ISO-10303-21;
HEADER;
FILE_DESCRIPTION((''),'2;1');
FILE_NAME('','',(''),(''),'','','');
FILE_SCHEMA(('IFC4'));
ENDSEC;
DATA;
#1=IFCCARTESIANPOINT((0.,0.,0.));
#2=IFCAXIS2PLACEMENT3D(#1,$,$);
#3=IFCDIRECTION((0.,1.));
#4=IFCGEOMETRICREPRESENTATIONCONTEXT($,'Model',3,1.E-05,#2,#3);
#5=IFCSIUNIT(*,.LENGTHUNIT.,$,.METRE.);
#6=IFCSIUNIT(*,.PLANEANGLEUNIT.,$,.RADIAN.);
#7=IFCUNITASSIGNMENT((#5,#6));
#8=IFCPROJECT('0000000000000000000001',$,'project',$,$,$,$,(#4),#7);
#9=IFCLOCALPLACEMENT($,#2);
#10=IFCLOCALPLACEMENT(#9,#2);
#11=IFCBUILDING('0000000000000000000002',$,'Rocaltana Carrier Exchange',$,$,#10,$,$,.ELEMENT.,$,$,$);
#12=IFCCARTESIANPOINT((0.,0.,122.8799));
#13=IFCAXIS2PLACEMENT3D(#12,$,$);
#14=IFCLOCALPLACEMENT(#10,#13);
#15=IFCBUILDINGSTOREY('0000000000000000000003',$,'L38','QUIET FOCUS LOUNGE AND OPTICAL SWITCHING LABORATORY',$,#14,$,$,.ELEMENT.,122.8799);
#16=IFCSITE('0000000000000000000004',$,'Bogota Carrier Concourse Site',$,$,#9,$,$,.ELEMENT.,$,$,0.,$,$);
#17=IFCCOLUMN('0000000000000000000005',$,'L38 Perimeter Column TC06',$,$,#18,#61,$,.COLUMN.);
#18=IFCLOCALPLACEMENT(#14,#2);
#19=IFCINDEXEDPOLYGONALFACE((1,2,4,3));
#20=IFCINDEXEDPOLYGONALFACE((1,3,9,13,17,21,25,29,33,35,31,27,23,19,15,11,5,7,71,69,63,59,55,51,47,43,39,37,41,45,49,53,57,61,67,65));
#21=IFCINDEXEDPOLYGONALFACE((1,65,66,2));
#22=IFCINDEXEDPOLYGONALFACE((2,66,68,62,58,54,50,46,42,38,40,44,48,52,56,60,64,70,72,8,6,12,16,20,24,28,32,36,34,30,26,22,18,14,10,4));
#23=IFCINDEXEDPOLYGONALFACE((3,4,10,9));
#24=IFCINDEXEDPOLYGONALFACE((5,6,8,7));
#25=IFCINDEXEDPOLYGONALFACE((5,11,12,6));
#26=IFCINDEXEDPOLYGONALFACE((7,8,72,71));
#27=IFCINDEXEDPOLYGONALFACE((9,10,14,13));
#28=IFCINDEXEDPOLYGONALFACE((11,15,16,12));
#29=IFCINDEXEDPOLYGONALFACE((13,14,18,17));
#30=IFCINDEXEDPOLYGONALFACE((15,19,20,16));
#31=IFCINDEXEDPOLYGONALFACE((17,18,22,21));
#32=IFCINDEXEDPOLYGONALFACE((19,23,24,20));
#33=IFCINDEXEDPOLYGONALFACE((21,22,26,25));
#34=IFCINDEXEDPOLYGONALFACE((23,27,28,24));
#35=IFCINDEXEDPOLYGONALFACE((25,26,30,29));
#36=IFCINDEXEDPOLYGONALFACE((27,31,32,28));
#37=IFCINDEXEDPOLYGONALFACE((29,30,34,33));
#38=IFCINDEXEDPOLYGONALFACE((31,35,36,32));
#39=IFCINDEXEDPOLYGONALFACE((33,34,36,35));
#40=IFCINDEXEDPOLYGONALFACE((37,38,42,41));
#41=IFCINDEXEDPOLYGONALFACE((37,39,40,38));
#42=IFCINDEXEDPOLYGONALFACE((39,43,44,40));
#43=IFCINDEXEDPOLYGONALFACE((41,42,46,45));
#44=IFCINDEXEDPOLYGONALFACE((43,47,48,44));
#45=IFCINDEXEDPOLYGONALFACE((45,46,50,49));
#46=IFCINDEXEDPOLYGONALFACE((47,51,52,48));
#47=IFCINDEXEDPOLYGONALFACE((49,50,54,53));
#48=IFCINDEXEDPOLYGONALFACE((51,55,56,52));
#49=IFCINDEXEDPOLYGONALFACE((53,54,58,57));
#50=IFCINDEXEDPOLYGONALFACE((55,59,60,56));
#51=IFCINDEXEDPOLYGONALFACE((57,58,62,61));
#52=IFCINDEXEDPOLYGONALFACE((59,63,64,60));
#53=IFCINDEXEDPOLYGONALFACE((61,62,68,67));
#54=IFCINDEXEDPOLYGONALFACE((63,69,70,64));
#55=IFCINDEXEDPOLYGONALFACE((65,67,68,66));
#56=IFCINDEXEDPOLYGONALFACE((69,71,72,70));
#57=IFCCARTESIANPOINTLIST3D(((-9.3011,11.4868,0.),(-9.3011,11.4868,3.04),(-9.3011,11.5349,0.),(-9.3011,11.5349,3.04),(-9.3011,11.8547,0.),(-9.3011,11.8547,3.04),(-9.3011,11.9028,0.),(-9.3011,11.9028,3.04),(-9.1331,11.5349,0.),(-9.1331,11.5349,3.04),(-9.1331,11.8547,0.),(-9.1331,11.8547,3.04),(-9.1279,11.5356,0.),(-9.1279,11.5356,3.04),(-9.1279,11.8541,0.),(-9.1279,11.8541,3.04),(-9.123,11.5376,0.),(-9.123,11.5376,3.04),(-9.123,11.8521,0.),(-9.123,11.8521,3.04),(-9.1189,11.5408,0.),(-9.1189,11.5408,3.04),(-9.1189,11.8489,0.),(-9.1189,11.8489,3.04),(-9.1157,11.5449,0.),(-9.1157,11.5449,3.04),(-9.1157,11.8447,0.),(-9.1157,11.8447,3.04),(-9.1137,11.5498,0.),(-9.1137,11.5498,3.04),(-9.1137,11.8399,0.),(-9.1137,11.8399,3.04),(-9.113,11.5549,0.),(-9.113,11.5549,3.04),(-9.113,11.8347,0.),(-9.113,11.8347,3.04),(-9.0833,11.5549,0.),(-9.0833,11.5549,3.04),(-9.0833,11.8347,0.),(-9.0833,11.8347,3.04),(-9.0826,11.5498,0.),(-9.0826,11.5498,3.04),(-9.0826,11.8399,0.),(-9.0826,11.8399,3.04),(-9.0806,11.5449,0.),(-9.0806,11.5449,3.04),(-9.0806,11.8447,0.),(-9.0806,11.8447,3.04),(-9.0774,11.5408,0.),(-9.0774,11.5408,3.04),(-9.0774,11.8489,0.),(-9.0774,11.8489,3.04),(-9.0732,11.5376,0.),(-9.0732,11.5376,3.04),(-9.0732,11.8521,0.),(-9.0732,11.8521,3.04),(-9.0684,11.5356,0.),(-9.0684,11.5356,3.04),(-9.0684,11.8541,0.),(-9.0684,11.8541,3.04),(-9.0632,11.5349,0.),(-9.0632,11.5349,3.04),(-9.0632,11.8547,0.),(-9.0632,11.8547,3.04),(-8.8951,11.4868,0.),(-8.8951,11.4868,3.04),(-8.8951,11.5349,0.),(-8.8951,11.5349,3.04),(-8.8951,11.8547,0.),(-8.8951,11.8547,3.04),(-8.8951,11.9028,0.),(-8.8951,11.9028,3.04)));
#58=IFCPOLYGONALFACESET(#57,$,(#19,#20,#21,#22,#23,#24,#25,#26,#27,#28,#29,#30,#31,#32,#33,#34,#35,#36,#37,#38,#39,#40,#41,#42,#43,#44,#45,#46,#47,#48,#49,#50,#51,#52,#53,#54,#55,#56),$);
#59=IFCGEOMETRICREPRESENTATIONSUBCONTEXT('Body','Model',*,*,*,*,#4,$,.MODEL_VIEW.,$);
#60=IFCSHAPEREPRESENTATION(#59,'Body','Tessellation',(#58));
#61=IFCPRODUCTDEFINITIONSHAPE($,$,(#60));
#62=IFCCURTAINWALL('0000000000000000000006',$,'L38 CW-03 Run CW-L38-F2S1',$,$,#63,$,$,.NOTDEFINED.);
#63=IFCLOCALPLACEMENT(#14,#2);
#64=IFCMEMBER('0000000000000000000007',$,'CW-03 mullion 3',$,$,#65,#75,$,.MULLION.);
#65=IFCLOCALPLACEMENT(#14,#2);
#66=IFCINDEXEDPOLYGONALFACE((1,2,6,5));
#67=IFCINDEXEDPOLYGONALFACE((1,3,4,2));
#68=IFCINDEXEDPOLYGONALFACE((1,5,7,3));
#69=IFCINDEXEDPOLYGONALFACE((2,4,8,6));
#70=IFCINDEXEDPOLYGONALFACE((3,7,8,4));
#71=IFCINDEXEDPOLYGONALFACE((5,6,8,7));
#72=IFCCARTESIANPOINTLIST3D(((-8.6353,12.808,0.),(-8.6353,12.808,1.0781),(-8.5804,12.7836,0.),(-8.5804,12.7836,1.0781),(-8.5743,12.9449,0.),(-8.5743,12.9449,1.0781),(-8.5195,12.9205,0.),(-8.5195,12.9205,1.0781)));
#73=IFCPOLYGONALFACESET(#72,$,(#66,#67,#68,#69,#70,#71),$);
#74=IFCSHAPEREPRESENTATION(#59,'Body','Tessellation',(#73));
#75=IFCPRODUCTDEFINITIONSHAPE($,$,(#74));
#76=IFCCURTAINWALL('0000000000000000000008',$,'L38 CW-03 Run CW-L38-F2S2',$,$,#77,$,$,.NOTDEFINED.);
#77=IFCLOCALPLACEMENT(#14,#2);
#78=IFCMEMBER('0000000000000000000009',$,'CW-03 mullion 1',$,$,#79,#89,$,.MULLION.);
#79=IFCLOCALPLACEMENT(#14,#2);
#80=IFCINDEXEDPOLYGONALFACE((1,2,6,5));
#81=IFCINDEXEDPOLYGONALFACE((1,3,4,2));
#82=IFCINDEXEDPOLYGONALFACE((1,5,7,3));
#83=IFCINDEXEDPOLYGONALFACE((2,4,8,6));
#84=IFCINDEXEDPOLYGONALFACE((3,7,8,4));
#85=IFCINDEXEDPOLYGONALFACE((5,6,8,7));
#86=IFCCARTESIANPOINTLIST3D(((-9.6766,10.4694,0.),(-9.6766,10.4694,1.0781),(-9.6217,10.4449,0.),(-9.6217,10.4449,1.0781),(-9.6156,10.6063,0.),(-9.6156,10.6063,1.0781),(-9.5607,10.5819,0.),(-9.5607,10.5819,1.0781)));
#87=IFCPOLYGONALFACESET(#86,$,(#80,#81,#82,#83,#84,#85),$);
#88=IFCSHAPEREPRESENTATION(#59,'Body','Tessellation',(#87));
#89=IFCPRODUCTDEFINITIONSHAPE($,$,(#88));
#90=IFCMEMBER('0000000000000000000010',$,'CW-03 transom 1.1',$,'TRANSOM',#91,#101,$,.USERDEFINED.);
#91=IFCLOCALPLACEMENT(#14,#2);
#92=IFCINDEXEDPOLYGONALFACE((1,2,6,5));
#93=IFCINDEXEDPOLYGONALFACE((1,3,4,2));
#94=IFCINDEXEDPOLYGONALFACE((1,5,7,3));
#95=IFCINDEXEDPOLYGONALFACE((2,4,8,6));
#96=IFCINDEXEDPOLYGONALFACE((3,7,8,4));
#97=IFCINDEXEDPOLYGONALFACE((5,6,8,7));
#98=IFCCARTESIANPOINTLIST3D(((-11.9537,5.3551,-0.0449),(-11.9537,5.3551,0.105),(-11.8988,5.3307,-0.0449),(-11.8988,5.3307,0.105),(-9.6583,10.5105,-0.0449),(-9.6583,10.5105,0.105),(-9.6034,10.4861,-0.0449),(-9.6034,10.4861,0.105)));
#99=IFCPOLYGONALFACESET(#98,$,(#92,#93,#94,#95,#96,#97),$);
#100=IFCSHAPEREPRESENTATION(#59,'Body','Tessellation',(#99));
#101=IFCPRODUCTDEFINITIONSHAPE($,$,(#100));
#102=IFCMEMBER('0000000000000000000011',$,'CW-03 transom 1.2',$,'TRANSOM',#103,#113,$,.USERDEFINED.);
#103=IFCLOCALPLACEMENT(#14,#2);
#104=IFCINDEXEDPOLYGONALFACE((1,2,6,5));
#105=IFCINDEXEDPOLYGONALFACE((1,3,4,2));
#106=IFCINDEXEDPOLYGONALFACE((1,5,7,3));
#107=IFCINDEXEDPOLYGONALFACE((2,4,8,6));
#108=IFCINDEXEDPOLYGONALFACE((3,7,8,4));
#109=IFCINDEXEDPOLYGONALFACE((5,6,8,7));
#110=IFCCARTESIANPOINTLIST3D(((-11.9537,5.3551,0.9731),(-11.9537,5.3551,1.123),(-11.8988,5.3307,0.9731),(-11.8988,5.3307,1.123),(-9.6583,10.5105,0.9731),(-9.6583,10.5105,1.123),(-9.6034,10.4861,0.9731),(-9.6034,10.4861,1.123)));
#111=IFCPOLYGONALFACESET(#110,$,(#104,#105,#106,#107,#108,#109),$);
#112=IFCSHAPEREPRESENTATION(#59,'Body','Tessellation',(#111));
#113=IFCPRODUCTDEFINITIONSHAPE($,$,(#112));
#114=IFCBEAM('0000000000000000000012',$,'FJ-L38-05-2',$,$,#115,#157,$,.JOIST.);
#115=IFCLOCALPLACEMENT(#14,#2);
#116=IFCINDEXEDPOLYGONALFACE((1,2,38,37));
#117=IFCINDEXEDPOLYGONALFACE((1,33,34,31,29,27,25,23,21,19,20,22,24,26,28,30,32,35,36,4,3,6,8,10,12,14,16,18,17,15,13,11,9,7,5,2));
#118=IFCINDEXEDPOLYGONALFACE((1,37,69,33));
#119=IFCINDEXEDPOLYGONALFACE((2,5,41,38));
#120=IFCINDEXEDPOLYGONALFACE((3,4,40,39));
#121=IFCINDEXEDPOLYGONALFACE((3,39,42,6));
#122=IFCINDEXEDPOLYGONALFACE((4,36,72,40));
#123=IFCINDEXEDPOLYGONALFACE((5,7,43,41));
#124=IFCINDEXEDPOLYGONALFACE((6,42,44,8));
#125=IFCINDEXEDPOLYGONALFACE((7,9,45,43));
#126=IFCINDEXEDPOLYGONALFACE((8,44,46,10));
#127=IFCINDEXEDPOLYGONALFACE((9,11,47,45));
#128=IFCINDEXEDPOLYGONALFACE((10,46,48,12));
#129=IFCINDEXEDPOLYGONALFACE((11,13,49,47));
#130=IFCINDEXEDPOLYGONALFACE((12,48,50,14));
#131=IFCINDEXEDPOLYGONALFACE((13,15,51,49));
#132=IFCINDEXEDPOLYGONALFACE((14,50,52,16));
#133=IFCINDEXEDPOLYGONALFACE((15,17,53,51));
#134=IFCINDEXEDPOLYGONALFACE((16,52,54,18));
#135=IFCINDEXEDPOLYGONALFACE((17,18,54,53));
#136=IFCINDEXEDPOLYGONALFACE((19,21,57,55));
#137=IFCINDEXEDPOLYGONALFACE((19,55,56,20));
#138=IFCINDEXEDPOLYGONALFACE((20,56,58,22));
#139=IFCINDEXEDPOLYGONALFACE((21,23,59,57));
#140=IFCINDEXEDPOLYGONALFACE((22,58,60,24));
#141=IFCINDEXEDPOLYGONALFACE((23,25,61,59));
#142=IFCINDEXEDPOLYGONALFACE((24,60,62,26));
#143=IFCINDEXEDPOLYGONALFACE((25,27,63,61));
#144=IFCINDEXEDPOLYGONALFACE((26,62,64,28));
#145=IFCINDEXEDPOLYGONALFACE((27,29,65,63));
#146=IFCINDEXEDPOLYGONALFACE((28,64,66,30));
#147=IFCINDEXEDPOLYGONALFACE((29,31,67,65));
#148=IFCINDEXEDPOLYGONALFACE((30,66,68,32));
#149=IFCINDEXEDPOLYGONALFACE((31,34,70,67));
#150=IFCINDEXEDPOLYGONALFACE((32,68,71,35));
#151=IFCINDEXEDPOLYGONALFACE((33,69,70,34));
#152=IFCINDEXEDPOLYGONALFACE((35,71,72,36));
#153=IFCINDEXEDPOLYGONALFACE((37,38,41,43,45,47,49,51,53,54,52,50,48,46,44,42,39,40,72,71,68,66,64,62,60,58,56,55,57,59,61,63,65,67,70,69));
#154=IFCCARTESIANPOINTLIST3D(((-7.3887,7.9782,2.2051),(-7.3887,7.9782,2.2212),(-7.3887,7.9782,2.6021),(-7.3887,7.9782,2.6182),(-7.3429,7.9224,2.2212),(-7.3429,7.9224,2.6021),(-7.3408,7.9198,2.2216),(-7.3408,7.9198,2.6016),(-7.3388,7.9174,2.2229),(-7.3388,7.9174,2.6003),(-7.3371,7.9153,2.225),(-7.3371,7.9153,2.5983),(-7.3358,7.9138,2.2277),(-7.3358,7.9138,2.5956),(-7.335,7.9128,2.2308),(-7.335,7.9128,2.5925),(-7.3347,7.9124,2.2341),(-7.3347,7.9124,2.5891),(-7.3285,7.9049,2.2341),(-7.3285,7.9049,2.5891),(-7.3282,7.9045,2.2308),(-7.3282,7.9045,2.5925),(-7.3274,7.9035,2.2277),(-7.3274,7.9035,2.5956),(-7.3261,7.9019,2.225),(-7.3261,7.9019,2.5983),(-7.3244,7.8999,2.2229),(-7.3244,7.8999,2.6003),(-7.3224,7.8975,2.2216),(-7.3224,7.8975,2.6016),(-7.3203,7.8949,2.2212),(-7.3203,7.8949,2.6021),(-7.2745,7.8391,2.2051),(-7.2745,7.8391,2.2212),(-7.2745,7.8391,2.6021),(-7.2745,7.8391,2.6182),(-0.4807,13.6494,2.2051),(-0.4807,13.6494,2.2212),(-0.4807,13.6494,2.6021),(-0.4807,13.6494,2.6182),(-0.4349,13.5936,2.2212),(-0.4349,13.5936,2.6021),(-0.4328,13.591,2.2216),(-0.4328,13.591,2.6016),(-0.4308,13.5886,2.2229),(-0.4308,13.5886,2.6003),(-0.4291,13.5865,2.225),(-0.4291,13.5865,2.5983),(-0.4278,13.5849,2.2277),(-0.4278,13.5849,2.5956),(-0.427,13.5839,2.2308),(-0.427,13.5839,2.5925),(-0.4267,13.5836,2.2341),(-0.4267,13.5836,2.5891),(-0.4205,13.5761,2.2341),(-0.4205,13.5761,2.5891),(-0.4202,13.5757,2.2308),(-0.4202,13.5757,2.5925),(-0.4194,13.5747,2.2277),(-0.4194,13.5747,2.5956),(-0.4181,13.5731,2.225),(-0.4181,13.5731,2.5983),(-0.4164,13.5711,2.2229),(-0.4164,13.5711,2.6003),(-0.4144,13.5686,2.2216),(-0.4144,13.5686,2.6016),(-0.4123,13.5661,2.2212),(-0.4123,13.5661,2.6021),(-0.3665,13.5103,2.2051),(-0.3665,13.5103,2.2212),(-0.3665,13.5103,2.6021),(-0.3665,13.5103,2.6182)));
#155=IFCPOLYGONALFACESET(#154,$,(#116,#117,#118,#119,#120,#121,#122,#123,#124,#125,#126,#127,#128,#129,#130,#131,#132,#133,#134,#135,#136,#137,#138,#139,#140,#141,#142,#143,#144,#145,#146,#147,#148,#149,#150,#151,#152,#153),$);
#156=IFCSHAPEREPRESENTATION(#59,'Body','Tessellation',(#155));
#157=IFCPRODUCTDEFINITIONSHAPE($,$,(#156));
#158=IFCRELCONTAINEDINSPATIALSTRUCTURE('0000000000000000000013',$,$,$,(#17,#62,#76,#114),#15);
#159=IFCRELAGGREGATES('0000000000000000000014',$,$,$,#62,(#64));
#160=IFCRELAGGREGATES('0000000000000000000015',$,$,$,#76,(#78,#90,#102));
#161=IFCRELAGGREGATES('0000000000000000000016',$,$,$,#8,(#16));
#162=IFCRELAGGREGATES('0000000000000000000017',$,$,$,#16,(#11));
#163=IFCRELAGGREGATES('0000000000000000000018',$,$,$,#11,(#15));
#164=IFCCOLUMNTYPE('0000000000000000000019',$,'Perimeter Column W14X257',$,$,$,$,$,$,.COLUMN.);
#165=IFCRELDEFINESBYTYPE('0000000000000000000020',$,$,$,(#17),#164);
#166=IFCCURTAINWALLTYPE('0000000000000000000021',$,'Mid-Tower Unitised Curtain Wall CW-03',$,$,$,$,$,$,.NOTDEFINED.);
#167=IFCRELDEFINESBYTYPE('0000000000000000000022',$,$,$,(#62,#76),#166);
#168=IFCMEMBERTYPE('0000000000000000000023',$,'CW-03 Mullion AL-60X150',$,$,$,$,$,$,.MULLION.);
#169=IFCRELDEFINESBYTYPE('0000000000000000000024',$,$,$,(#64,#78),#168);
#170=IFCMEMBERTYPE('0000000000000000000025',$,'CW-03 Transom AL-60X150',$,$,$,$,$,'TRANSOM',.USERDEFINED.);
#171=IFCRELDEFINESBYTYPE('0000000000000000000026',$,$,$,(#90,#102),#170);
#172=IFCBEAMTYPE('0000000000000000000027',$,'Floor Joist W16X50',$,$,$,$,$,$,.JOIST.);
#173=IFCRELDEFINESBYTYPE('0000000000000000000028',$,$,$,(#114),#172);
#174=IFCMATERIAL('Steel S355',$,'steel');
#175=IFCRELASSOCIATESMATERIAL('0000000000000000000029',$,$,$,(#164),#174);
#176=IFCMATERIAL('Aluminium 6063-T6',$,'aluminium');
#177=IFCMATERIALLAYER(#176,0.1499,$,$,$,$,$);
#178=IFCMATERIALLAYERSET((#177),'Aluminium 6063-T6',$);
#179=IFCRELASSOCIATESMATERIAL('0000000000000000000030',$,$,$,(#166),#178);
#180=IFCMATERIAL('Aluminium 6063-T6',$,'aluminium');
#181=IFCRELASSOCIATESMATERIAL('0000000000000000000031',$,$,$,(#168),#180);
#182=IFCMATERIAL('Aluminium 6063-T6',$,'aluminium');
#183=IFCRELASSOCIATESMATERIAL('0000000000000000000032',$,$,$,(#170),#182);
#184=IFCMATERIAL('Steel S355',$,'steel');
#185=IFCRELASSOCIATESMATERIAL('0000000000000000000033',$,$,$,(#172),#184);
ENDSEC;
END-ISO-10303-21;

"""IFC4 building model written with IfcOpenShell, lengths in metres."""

from ifc_helpers import new_model, si_unit, direction, frame, origin, origin_2d, place, context, subcontext, project, spatial, rectangle, i_section, extrude, material, layer, layer_set, material_profile, profile_set, type_object, element, aggregate, save


model = new_model("IFC4")

# Units and contexts
model_context = context("Model", 3, precision=1e-05, world=origin(), true_north=direction((0.0, 1.0)))
body_context = subcontext(model_context, "Body", "Model", "MODEL_VIEW")
ifc_project = project(units=[si_unit("LENGTHUNIT", "METRE"), si_unit("PLANEANGLEUNIT", "RADIAN")], contexts=[model_context])

# Site, building, storey
site_placement = place(None, origin())
site = spatial("IfcSite", under=ifc_project, at=site_placement, Name="Bogota Carrier Concourse Site", CompositionType="ELEMENT", RefElevation=0.0)
building_placement = place(site_placement, origin())
building = spatial("IfcBuilding", under=site, at=building_placement, Name="Rocaltana Carrier Exchange", CompositionType="ELEMENT")
storey_placement = place(building_placement, frame((0.0, 0.0, 122.8799)))
storey = spatial("IfcBuildingStorey", under=building, at=storey_placement, Name="L38", Description="QUIET FOCUS LOUNGE AND OPTICAL SWITCHING LABORATORY", CompositionType="ELEMENT", Elevation=122.8799)

# Column
ifc_material_1 = material(Name="Steel S355", Category="steel")
ifc_material_profile_1 = material_profile(ifc_material_1, i_section(OverallWidth=0.406, OverallDepth=0.416, WebThickness=0.0298, FlangeThickness=0.0481, FilletRadius=0.02, at=origin_2d()), Name="W14X257")
ifc_profile_set_1 = profile_set([ifc_material_profile_1], Name="Steel S355")
column_type = type_object("IfcColumnType", Name="Perimeter Column W14X257", PredefinedType="COLUMN", material=ifc_profile_set_1)
column_placement = place(storey_placement, frame((-9.0981, 11.6948, 0.0), z_axis=(0.0, 0.0, 1.0), x_axis=(1.0, 0.0, 0.0)))
element("IfcColumn", 1, at=column_placement, inside=storey, type_object=column_type, Name="L38 Perimeter Column TC06", PredefinedType="COLUMN", context=body_context, shape_type="SweptSolid", body=[
    extrude(i_section(OverallWidth=0.406, OverallDepth=0.416, WebThickness=0.0298, FlangeThickness=0.0481, FilletRadius=0.02, at=origin_2d()), origin(), (0.0, 0.0, 1.0), 3.04),
])

# Curtain wall, member
ifc_material_2 = material(Name="Aluminium 6063-T6", Category="aluminium")
ifc_layer_1 = layer(ifc_material_2, 0.1499)
ifc_layer_set_1 = layer_set([ifc_layer_1], Name="Aluminium 6063-T6")
curtain_wall_type = type_object("IfcCurtainWallType", Name="Mid-Tower Unitised Curtain Wall CW-03", PredefinedType="NOTDEFINED", material=ifc_layer_set_1)
curtain_wall_1_placement = place(storey_placement, origin())
curtain_wall_1 = element("IfcCurtainWall", 2, at=curtain_wall_1_placement, inside=storey, type_object=curtain_wall_type, Name="L38 CW-03 Run CW-L38-F2S1", PredefinedType="NOTDEFINED")
ifc_material_3 = material(Name="Aluminium 6063-T6", Category="aluminium")
ifc_material_profile_2 = material_profile(ifc_material_3, rectangle(XDim=0.0601, YDim=0.1499, at=origin_2d()), Name="AL-60X150")
ifc_profile_set_2 = profile_set([ifc_material_profile_2], Name="Aluminium 6063-T6")
member_type_1 = type_object("IfcMemberType", Name="CW-03 Mullion AL-60X150", PredefinedType="MULLION", material=ifc_profile_set_2)
member_1_placement = place(storey_placement, frame((-8.5774, 12.8643, 0.0), z_axis=(0.0, 0.0, 1.0), x_axis=(0.913544, -0.40674, 0.0)))
member_1 = element("IfcMember", 3, at=member_1_placement, type_object=member_type_1, Name="CW-03 mullion 3", PredefinedType="MULLION", context=body_context, shape_type="SweptSolid", body=[
    extrude(rectangle(XDim=0.0601, YDim=0.1499, at=origin_2d()), origin(), (0.0, 0.0, 1.0), 1.0781),
])
aggregate(curtain_wall_1, [member_1])

# Curtain wall, members
curtain_wall_2_placement = place(storey_placement, origin())
curtain_wall_2 = element("IfcCurtainWall", 4, at=curtain_wall_2_placement, inside=storey, type_object=curtain_wall_type, Name="L38 CW-03 Run CW-L38-F2S2", PredefinedType="NOTDEFINED")
member_2_placement = place(storey_placement, frame((-9.6187, 10.5256, 0.0), z_axis=(0.0, 0.0, 1.0), x_axis=(0.913542, -0.406744, 0.0)))
member_2 = element("IfcMember", 5, at=member_2_placement, type_object=member_type_1, Name="CW-03 mullion 1", PredefinedType="MULLION", context=body_context, shape_type="SweptSolid", body=[
    extrude(rectangle(XDim=0.0601, YDim=0.1499, at=origin_2d()), origin(), (0.0, 0.0, 1.0), 1.0781),
])
ifc_material_4 = material(Name="Aluminium 6063-T6", Category="aluminium")
ifc_material_profile_3 = material_profile(ifc_material_4, rectangle(XDim=0.0601, YDim=0.1499, at=origin_2d()), Name="AL-60X150")
ifc_profile_set_3 = profile_set([ifc_material_profile_3], Name="Aluminium 6063-T6")
member_type_2 = type_object("IfcMemberType", Name="CW-03 Transom AL-60X150", ElementType="TRANSOM", PredefinedType="USERDEFINED", material=ifc_profile_set_3)
member_3_placement = place(storey_placement, frame((-9.6309, 10.4983, 0.03), z_axis=(-0.40674, -0.913544, 0.0), x_axis=(0.913544, -0.40674, 0.0)))
member_3 = element("IfcMember", 6, at=member_3_placement, type_object=member_type_2, Name="CW-03 transom 1.1", ObjectType="TRANSOM", PredefinedType="USERDEFINED", context=body_context, shape_type="SweptSolid", body=[
    extrude(rectangle(XDim=0.0601, YDim=0.1499, at=origin_2d()), origin(), (0.0, 0.0, 1.0), 5.6433),
])
member_4_placement = place(storey_placement, frame((-9.6309, 10.4983, 1.0481), z_axis=(-0.40674, -0.913544, 0.0), x_axis=(0.913544, -0.40674, 0.0)))
member_4 = element("IfcMember", 7, at=member_4_placement, type_object=member_type_2, Name="CW-03 transom 1.2", ObjectType="TRANSOM", PredefinedType="USERDEFINED", context=body_context, shape_type="SweptSolid", body=[
    extrude(rectangle(XDim=0.0601, YDim=0.1499, at=origin_2d()), origin(), (0.0, 0.0, 1.0), 5.6433),
])

# Beam
ifc_material_5 = material(Name="Steel S355", Category="steel")
ifc_material_profile_4 = material_profile(ifc_material_5, i_section(OverallWidth=0.1799, OverallDepth=0.4131, WebThickness=0.0098, FlangeThickness=0.0161, FilletRadius=0.0129, at=origin_2d()), Name="W16X50")
ifc_profile_set_4 = profile_set([ifc_material_profile_4], Name="Steel S355")
beam_type_1 = type_object("IfcBeamType", Name="Floor Joist W16X50", PredefinedType="JOIST", material=ifc_profile_set_4)
beam_1_placement = place(storey_placement, frame((-0.4236, 13.5798, 2.4116), z_axis=(-0.772905, -0.634522, 0.0), x_axis=(0.634522, -0.772905, 0.0)))
element("IfcBeam", 8, at=beam_1_placement, inside=storey, type_object=beam_type_1, Name="FJ-L38-05-2", PredefinedType="JOIST", context=body_context, shape_type="SweptSolid", body=[
    extrude(i_section(OverallWidth=0.1799, OverallDepth=0.4131, WebThickness=0.0098, FlangeThickness=0.0161, FilletRadius=0.0129, at=origin_2d()), origin(), (0.0, 0.0, 1.0), 8.9377),
])

aggregate(curtain_wall_2, [member_2, member_3, member_4])

save(model, "model.ifc")
